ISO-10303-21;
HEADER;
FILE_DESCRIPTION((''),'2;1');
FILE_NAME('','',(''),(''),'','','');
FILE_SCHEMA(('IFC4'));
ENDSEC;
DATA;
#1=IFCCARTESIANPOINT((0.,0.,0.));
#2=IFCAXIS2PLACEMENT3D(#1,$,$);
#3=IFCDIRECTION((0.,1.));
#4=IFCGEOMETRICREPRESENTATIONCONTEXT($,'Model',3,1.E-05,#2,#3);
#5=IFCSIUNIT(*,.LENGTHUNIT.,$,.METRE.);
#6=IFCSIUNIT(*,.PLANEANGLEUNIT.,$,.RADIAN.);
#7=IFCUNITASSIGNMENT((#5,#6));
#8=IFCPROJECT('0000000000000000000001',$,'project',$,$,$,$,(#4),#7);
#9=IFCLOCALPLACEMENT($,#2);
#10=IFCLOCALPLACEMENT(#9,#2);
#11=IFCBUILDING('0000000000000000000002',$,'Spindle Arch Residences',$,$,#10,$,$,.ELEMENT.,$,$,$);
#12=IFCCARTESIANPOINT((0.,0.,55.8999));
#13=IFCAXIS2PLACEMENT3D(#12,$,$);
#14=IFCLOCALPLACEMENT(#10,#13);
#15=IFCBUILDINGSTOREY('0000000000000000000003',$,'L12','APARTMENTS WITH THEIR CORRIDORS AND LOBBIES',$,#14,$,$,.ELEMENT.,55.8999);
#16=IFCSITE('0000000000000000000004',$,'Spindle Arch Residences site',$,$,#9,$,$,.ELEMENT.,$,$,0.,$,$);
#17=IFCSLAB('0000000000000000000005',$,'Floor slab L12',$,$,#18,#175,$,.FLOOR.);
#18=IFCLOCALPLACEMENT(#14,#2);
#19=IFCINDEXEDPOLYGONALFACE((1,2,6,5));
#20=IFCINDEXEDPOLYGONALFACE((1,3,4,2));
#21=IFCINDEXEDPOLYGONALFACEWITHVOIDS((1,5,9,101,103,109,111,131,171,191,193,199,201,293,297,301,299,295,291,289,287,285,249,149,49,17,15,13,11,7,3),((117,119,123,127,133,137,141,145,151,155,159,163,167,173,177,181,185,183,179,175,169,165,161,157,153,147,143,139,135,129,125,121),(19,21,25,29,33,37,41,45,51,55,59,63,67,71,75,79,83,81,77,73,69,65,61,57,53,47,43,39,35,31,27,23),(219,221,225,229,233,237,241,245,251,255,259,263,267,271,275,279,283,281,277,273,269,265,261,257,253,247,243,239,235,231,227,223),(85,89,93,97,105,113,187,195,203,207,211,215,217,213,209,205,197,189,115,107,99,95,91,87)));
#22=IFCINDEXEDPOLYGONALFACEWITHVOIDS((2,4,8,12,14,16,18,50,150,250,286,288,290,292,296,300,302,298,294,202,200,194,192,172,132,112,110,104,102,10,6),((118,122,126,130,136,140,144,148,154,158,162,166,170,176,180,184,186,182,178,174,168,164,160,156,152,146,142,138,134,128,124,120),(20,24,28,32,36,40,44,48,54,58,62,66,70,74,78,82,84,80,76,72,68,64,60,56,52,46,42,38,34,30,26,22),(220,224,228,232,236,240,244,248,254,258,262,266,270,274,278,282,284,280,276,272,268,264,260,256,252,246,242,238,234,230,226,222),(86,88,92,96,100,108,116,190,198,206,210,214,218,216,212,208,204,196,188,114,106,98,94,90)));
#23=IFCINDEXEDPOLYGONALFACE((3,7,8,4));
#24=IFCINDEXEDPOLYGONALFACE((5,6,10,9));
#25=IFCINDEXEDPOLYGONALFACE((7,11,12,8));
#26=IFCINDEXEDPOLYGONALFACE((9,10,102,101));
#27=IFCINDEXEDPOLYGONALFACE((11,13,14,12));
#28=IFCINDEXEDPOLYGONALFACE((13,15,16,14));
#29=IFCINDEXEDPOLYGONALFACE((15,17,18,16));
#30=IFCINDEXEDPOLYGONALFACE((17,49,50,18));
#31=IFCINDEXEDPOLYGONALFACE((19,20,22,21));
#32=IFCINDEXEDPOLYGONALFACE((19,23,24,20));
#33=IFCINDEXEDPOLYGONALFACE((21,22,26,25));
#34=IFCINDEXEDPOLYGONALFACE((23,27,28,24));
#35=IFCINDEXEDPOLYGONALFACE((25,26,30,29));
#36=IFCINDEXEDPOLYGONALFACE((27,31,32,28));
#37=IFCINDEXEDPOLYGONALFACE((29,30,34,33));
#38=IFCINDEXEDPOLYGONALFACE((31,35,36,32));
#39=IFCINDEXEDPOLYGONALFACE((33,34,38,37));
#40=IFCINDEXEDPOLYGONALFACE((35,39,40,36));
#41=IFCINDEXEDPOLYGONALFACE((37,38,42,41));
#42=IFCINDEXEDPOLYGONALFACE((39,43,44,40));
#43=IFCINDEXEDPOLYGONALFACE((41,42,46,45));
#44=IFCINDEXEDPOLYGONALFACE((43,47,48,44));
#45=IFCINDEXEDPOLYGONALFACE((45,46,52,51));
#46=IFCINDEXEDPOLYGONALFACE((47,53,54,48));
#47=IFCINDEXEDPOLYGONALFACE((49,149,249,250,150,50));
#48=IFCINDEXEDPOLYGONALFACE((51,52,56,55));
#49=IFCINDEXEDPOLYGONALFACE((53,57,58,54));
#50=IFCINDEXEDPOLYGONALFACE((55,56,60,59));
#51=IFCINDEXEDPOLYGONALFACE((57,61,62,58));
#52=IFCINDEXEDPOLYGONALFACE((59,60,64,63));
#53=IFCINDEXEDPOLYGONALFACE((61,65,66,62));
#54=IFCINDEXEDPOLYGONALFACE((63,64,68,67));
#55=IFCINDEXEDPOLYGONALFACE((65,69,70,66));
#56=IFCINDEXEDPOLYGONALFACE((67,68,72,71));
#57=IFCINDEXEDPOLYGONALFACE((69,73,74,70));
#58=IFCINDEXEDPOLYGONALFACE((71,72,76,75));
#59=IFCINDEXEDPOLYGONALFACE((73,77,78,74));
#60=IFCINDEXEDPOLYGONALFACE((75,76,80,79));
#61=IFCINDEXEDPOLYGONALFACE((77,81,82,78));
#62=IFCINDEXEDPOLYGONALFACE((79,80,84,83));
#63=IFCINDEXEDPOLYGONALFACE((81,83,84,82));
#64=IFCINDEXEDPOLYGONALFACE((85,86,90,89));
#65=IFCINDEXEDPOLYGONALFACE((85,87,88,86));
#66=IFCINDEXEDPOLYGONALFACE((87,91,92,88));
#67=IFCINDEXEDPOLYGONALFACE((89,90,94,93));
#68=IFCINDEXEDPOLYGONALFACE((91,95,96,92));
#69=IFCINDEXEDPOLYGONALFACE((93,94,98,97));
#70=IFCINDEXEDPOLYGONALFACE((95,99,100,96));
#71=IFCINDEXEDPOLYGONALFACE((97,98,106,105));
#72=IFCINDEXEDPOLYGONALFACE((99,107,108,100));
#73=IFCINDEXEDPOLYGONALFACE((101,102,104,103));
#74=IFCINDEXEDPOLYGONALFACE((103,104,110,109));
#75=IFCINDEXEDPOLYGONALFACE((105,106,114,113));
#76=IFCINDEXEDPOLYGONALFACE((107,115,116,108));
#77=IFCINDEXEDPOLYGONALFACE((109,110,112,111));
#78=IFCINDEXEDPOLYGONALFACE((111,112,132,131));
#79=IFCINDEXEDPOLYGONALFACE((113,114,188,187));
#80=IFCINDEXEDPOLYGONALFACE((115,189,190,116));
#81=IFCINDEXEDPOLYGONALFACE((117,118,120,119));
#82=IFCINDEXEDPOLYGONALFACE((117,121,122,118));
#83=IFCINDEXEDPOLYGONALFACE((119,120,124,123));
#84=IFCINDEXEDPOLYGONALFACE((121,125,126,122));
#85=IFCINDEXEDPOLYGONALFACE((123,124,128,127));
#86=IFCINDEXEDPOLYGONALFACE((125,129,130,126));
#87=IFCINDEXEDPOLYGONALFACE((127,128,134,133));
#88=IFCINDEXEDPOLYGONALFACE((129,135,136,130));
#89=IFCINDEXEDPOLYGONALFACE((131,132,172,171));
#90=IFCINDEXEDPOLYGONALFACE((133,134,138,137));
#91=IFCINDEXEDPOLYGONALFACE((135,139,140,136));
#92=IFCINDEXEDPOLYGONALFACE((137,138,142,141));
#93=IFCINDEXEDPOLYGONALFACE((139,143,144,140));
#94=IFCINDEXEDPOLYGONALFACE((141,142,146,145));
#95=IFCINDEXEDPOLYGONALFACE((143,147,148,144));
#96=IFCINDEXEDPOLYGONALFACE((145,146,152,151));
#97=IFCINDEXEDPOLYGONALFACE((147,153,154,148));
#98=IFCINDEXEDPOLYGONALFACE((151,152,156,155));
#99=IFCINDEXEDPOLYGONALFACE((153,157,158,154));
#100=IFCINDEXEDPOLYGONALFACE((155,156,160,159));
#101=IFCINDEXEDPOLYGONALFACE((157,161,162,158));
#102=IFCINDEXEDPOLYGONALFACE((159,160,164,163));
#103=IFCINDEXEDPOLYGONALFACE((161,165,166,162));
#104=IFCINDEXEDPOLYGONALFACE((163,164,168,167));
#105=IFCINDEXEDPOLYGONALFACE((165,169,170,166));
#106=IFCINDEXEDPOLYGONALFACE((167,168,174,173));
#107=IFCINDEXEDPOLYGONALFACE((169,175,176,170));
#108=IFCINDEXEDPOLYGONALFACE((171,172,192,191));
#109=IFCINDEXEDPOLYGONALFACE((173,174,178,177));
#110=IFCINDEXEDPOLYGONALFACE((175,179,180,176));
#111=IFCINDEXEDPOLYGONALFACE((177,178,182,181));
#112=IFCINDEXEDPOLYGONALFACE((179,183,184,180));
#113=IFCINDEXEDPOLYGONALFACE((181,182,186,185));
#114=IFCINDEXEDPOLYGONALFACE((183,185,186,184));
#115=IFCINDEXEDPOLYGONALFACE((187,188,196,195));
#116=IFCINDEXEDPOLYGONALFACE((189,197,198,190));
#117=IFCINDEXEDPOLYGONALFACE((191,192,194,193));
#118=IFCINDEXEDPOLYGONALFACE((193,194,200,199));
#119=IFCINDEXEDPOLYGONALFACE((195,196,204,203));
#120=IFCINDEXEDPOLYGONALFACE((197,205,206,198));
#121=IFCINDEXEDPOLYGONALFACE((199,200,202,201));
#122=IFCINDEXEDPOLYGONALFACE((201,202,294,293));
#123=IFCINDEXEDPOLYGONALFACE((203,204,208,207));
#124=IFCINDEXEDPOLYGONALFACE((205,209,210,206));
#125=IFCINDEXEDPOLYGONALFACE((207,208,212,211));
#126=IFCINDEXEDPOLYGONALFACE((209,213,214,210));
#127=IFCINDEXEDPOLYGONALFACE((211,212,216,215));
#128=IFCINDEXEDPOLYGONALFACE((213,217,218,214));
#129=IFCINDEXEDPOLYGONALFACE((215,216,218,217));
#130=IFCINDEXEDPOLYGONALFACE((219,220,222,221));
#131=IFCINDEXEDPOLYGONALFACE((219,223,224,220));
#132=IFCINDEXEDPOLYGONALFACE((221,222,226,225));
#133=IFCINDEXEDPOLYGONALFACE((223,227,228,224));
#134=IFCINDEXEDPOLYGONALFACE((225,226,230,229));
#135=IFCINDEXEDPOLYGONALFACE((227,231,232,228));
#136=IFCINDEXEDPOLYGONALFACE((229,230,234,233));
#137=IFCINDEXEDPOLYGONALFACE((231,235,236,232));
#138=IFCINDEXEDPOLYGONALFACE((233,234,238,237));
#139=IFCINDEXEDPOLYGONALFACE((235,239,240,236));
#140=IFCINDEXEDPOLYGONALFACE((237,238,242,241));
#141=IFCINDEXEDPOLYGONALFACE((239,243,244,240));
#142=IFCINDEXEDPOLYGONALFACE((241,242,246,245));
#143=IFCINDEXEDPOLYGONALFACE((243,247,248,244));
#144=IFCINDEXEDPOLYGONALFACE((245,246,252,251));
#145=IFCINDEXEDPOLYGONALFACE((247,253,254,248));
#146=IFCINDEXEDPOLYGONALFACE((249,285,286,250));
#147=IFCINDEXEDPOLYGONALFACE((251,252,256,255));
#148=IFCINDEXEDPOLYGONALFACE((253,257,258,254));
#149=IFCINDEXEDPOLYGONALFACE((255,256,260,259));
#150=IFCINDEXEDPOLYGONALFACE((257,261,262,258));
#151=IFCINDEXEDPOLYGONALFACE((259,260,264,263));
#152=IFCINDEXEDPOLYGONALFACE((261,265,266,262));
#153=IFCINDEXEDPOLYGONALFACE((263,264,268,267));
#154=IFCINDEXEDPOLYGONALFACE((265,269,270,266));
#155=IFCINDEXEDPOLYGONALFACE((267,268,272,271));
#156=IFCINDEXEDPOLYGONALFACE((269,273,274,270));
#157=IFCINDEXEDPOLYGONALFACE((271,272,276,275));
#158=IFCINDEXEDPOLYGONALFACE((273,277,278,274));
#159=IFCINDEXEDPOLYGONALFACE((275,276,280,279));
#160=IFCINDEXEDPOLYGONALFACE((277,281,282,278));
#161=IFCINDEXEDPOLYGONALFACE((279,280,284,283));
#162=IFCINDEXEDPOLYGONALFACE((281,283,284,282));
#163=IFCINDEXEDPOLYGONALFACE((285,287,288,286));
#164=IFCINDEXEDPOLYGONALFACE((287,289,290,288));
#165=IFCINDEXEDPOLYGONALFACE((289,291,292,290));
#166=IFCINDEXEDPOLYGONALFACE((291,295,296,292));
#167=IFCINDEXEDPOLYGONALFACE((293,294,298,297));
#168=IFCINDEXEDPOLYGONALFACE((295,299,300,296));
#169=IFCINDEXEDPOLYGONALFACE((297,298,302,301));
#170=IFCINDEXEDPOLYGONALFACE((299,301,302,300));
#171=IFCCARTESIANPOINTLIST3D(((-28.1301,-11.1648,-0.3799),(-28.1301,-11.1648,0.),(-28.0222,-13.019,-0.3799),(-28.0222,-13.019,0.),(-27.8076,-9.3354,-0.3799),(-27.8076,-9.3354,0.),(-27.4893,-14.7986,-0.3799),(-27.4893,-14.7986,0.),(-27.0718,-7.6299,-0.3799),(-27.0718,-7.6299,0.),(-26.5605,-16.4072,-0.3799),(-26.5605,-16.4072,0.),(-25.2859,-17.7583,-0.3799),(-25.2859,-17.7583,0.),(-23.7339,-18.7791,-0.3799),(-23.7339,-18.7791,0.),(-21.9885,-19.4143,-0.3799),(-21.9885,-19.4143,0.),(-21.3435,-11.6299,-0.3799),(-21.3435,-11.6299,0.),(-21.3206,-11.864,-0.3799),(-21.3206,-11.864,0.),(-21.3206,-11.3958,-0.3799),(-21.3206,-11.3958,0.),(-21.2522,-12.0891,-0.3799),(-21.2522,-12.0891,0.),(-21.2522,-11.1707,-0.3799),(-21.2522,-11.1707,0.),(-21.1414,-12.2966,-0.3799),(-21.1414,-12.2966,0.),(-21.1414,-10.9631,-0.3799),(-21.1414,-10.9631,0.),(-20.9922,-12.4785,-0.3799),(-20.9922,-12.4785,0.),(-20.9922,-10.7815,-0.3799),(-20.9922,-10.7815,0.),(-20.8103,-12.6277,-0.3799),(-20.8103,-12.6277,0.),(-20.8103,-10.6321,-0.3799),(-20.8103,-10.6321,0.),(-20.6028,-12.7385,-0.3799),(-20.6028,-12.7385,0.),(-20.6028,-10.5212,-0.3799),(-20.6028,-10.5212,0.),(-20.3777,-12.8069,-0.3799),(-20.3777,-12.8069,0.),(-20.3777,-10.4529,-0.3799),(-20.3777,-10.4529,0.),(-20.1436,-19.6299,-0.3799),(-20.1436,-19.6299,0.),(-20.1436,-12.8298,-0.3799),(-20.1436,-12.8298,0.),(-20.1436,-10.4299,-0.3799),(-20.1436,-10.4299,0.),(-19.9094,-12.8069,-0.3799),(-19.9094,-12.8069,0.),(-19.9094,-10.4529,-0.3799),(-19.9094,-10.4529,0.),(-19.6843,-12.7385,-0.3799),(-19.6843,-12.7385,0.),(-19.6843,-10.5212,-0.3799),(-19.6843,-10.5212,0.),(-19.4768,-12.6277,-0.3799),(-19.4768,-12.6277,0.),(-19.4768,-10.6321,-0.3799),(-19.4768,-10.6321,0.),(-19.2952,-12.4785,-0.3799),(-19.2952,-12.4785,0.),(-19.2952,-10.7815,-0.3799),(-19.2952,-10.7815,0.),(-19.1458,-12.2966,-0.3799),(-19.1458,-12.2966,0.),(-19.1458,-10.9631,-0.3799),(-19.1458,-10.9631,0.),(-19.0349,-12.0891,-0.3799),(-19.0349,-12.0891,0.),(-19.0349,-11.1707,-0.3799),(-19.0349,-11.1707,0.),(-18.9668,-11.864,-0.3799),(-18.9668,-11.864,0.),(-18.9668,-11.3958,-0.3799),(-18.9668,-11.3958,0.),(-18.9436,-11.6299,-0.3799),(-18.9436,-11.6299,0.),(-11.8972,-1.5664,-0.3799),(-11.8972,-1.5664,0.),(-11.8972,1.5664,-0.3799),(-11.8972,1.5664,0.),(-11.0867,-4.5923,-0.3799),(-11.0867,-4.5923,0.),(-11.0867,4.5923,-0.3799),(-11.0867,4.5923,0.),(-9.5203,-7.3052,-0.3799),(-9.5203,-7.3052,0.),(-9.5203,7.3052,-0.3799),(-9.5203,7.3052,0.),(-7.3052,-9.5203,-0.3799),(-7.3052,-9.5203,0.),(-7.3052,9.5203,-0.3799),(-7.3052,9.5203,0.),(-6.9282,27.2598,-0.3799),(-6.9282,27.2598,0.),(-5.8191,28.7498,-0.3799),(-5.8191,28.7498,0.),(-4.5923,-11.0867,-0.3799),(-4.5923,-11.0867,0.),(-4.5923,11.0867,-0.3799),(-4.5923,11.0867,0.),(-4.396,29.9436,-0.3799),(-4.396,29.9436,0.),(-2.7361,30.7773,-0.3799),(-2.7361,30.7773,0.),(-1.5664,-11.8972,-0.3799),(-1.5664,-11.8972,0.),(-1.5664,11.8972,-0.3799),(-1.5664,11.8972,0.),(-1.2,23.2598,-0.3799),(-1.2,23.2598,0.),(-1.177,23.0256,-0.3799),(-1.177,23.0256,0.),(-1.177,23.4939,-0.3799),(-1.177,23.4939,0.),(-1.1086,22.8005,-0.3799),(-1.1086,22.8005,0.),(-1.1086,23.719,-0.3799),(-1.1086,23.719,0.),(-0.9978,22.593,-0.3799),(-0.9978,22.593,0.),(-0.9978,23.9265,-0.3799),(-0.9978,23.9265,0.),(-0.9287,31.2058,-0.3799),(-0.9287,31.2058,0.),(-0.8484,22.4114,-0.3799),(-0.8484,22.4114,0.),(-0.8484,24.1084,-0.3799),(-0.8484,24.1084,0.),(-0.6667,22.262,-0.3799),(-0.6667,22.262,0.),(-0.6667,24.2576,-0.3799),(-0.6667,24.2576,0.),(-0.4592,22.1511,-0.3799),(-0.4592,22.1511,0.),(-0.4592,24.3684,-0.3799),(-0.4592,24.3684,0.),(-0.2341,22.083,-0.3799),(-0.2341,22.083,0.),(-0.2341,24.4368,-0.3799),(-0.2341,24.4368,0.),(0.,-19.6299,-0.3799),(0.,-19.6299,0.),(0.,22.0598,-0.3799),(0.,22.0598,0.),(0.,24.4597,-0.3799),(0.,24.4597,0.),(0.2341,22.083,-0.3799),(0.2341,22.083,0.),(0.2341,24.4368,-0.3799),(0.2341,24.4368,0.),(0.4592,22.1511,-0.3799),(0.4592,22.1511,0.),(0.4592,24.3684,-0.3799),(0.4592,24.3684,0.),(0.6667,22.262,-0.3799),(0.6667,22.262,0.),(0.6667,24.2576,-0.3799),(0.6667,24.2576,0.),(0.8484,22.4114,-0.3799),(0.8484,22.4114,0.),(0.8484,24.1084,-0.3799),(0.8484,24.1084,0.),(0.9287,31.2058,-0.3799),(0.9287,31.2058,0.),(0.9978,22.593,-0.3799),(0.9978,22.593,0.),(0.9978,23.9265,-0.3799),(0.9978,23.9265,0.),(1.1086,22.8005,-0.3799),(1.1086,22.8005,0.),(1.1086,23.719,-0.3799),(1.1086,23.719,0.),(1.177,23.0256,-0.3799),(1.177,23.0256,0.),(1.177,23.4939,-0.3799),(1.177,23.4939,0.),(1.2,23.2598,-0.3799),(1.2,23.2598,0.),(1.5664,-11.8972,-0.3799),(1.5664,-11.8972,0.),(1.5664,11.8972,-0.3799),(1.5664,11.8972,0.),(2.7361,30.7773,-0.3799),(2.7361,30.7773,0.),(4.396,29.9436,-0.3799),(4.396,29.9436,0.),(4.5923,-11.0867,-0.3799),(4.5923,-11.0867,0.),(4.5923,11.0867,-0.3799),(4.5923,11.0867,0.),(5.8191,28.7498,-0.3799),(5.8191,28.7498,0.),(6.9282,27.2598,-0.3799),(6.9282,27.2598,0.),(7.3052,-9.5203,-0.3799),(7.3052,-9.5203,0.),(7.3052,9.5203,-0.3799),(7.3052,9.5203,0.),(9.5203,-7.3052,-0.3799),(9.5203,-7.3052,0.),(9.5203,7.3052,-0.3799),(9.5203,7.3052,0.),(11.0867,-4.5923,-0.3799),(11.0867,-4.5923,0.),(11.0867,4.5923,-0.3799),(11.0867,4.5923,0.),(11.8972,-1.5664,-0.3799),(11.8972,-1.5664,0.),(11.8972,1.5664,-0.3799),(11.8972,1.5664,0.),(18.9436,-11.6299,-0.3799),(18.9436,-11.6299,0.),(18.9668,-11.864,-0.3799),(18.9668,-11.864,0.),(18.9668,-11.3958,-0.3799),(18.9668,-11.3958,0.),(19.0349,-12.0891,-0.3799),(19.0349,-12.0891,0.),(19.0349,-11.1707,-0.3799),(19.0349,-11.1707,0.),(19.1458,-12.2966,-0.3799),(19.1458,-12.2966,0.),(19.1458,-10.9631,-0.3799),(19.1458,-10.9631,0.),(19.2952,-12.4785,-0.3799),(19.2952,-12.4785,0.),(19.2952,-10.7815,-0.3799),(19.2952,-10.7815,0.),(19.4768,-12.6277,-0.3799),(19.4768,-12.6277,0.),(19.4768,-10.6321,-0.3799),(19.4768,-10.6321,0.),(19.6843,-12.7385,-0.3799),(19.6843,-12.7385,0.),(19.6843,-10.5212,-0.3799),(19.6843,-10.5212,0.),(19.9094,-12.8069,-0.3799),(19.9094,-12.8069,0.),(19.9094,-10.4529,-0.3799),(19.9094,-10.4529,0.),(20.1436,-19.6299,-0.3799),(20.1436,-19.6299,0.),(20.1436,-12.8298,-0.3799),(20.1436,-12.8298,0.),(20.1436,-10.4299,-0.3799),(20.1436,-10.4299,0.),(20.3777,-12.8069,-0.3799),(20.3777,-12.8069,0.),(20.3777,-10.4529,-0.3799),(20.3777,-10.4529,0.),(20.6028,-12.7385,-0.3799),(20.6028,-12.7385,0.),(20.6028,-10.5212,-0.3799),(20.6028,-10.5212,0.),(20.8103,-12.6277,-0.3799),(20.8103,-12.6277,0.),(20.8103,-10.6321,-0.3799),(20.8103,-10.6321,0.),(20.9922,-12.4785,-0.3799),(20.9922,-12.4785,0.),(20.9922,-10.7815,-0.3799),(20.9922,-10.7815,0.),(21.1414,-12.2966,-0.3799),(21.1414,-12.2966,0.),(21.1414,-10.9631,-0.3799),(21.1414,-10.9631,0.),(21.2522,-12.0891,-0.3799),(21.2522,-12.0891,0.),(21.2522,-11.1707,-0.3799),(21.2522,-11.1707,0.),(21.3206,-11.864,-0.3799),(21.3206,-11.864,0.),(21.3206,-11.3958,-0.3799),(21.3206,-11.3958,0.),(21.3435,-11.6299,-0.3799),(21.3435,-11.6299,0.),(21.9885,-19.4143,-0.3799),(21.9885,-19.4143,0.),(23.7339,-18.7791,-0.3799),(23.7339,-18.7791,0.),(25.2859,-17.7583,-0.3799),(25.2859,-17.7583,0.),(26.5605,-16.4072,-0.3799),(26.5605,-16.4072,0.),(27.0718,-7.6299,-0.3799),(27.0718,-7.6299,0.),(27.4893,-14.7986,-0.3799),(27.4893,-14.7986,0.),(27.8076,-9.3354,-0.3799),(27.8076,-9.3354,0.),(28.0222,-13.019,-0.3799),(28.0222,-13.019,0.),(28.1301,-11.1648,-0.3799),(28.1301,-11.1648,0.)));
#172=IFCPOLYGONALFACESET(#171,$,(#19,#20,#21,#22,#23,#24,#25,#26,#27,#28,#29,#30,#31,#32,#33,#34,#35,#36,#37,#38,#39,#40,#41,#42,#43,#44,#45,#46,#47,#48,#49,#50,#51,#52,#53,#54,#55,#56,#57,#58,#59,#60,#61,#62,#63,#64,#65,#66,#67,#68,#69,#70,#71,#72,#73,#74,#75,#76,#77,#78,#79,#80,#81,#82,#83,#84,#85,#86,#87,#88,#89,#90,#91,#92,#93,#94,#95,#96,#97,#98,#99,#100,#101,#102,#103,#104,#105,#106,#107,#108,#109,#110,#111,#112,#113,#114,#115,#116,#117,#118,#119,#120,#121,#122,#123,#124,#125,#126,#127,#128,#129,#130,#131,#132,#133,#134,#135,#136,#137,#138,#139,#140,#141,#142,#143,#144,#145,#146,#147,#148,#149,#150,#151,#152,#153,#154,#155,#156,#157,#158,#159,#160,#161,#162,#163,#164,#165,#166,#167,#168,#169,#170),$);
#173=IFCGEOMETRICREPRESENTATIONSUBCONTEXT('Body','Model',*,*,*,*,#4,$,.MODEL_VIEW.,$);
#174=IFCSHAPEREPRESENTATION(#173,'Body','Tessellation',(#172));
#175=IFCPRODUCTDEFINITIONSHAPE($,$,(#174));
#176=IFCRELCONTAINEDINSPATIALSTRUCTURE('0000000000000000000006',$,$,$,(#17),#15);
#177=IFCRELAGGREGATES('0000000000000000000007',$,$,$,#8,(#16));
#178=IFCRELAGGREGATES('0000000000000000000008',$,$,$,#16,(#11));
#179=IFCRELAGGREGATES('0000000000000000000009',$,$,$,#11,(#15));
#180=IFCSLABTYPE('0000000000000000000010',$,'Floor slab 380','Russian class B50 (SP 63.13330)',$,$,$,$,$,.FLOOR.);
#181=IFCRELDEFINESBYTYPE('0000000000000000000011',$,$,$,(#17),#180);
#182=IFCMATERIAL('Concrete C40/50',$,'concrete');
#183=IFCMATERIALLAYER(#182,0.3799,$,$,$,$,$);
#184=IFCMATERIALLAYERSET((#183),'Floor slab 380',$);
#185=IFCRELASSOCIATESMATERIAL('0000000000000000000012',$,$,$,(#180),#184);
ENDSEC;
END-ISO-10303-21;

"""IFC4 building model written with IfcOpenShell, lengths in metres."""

from ifc_helpers import new_model, si_unit, direction, frame, origin, place, context, subcontext, project, spatial, polyline, outline, extrude, material, layer, layer_set, type_object, element, save


model = new_model("IFC4")

# Units and contexts
model_context = context("Model", 3, precision=1e-05, world=origin(), true_north=direction((0.0, 1.0)))
body_context = subcontext(model_context, "Body", "Model", "MODEL_VIEW")
ifc_project = project(units=[si_unit("LENGTHUNIT", "METRE"), si_unit("PLANEANGLEUNIT", "RADIAN")], contexts=[model_context])

# Site, building, storey
site_placement = place(None, origin())
site = spatial("IfcSite", under=ifc_project, at=site_placement, Name="Spindle Arch Residences site", CompositionType="ELEMENT", RefElevation=0.0)
building_placement = place(site_placement, origin())
building = spatial("IfcBuilding", under=site, at=building_placement, Name="Spindle Arch Residences", CompositionType="ELEMENT")
storey_placement = place(building_placement, frame((0.0, 0.0, 55.8999)))
storey = spatial("IfcBuildingStorey", under=building, at=storey_placement, Name="L12", Description="APARTMENTS WITH THEIR CORRIDORS AND LOBBIES", CompositionType="ELEMENT", Elevation=55.8999)

# Slab
ifc_material_1 = material(Name="Concrete C40/50", Category="concrete")
ifc_layer_1 = layer(ifc_material_1, 0.3799)
ifc_layer_set_1 = layer_set([ifc_layer_1], Name="Floor slab 380")
slab_type_1 = type_object("IfcSlabType", Name="Floor slab 380", Description="Russian class B50 (SP 63.13330)", PredefinedType="FLOOR", material=ifc_layer_set_1)
slab_1_placement = place(storey_placement, frame((0.0, 0.0, -0.3799)))
element("IfcSlab", 1, at=slab_1_placement, inside=storey, type_object=slab_type_1, Name="Floor slab L12", PredefinedType="FLOOR", context=body_context, shape_type="SweptSolid", body=[
    extrude(outline(polyline([(-21.9885, -19.4143), (-23.7339, -18.7791), (-25.2859, -17.7583), (-26.5605, -16.4072), (-27.4893, -14.7986), (-28.0222, -13.019), (-28.1301, -11.1648), (-27.8076, -9.3354), (-27.0718, -7.6299), (-6.9282, 27.2598), (-5.8191, 28.7498), (-4.396, 29.9436), (-2.7361, 30.7773), (-0.9287, 31.2058), (0.9287, 31.2058), (2.7361, 30.7773), (4.396, 29.9436), (5.8191, 28.7498), (6.9282, 27.2598), (27.0718, -7.6299), (27.8076, -9.3354), (28.1301, -11.1648), (28.0222, -13.019), (27.4893, -14.7986), (26.5605, -16.4072), (25.2859, -17.7583), (23.7339, -18.7791), (21.9885, -19.4143), (20.1436, -19.6299), (0.0, -19.6299), (-20.1436, -19.6299), (-21.9885, -19.4143)]), holes=[polyline([(7.3052, -9.5203), (9.5203, -7.3052), (11.0867, -4.5923), (11.8972, -1.5664), (11.8972, 1.5664), (11.0867, 4.5923), (9.5203, 7.3052), (7.3052, 9.5203), (4.5923, 11.0867), (1.5664, 11.8972), (-1.5664, 11.8972), (-4.5923, 11.0867), (-7.3052, 9.5203), (-9.5203, 7.3052), (-11.0867, 4.5923), (-11.8972, 1.5664), (-11.8972, -1.5664), (-11.0867, -4.5923), (-9.5203, -7.3052), (-7.3052, -9.5203), (-4.5923, -11.0867), (-1.5664, -11.8972), (1.5664, -11.8972), (4.5923, -11.0867), (7.3052, -9.5203)]), polyline([(-19.2952, -12.4785), (-19.1458, -12.2966), (-19.0349, -12.0891), (-18.9668, -11.864), (-18.9436, -11.6299), (-18.9668, -11.3958), (-19.0349, -11.1707), (-19.1458, -10.9631), (-19.2952, -10.7815), (-19.4768, -10.6321), (-19.6843, -10.5212), (-19.9094, -10.4529), (-20.1436, -10.4299), (-20.3777, -10.4529), (-20.6028, -10.5212), (-20.8103, -10.6321), (-20.9922, -10.7815), (-21.1414, -10.9631), (-21.2522, -11.1707), (-21.3206, -11.3958), (-21.3435, -11.6299), (-21.3206, -11.864), (-21.2522, -12.0891), (-21.1414, -12.2966), (-20.9922, -12.4785), (-20.8103, -12.6277), (-20.6028, -12.7385), (-20.3777, -12.8069), (-20.1436, -12.8298), (-19.9094, -12.8069), (-19.6843, -12.7385), (-19.4768, -12.6277), (-19.2952, -12.4785)]), polyline([(0.8484, 22.4114), (0.9978, 22.593), (1.1086, 22.8005), (1.177, 23.0256), (1.2, 23.2598), (1.177, 23.4939), (1.1086, 23.719), (0.9978, 23.9265), (0.8484, 24.1084), (0.6667, 24.2576), (0.4592, 24.3684), (0.2341, 24.4368), (0.0, 24.4597), (-0.2341, 24.4368), (-0.4592, 24.3684), (-0.6667, 24.2576), (-0.8484, 24.1084), (-0.9978, 23.9265), (-1.1086, 23.719), (-1.177, 23.4939), (-1.2, 23.2598), (-1.177, 23.0256), (-1.1086, 22.8005), (-0.9978, 22.593), (-0.8484, 22.4114), (-0.6667, 22.262), (-0.4592, 22.1511), (-0.2341, 22.083), (0.0, 22.0598), (0.2341, 22.083), (0.4592, 22.1511), (0.6667, 22.262), (0.8484, 22.4114)]), polyline([(20.9922, -12.4785), (21.1414, -12.2966), (21.2522, -12.0891), (21.3206, -11.864), (21.3435, -11.6299), (21.3206, -11.3958), (21.2522, -11.1707), (21.1414, -10.9631), (20.9922, -10.7815), (20.8103, -10.6321), (20.6028, -10.5212), (20.3777, -10.4529), (20.1436, -10.4299), (19.9094, -10.4529), (19.6843, -10.5212), (19.4768, -10.6321), (19.2952, -10.7815), (19.1458, -10.9631), (19.0349, -11.1707), (18.9668, -11.3958), (18.9436, -11.6299), (18.9668, -11.864), (19.0349, -12.0891), (19.1458, -12.2966), (19.2952, -12.4785), (19.4768, -12.6277), (19.6843, -12.7385), (19.9094, -12.8069), (20.1436, -12.8298), (20.3777, -12.8069), (20.6028, -12.7385), (20.8103, -12.6277), (20.9922, -12.4785)])]), origin(), (0.0, 0.0, 1.0), 0.3799),
])

save(model, "model.ifc")
